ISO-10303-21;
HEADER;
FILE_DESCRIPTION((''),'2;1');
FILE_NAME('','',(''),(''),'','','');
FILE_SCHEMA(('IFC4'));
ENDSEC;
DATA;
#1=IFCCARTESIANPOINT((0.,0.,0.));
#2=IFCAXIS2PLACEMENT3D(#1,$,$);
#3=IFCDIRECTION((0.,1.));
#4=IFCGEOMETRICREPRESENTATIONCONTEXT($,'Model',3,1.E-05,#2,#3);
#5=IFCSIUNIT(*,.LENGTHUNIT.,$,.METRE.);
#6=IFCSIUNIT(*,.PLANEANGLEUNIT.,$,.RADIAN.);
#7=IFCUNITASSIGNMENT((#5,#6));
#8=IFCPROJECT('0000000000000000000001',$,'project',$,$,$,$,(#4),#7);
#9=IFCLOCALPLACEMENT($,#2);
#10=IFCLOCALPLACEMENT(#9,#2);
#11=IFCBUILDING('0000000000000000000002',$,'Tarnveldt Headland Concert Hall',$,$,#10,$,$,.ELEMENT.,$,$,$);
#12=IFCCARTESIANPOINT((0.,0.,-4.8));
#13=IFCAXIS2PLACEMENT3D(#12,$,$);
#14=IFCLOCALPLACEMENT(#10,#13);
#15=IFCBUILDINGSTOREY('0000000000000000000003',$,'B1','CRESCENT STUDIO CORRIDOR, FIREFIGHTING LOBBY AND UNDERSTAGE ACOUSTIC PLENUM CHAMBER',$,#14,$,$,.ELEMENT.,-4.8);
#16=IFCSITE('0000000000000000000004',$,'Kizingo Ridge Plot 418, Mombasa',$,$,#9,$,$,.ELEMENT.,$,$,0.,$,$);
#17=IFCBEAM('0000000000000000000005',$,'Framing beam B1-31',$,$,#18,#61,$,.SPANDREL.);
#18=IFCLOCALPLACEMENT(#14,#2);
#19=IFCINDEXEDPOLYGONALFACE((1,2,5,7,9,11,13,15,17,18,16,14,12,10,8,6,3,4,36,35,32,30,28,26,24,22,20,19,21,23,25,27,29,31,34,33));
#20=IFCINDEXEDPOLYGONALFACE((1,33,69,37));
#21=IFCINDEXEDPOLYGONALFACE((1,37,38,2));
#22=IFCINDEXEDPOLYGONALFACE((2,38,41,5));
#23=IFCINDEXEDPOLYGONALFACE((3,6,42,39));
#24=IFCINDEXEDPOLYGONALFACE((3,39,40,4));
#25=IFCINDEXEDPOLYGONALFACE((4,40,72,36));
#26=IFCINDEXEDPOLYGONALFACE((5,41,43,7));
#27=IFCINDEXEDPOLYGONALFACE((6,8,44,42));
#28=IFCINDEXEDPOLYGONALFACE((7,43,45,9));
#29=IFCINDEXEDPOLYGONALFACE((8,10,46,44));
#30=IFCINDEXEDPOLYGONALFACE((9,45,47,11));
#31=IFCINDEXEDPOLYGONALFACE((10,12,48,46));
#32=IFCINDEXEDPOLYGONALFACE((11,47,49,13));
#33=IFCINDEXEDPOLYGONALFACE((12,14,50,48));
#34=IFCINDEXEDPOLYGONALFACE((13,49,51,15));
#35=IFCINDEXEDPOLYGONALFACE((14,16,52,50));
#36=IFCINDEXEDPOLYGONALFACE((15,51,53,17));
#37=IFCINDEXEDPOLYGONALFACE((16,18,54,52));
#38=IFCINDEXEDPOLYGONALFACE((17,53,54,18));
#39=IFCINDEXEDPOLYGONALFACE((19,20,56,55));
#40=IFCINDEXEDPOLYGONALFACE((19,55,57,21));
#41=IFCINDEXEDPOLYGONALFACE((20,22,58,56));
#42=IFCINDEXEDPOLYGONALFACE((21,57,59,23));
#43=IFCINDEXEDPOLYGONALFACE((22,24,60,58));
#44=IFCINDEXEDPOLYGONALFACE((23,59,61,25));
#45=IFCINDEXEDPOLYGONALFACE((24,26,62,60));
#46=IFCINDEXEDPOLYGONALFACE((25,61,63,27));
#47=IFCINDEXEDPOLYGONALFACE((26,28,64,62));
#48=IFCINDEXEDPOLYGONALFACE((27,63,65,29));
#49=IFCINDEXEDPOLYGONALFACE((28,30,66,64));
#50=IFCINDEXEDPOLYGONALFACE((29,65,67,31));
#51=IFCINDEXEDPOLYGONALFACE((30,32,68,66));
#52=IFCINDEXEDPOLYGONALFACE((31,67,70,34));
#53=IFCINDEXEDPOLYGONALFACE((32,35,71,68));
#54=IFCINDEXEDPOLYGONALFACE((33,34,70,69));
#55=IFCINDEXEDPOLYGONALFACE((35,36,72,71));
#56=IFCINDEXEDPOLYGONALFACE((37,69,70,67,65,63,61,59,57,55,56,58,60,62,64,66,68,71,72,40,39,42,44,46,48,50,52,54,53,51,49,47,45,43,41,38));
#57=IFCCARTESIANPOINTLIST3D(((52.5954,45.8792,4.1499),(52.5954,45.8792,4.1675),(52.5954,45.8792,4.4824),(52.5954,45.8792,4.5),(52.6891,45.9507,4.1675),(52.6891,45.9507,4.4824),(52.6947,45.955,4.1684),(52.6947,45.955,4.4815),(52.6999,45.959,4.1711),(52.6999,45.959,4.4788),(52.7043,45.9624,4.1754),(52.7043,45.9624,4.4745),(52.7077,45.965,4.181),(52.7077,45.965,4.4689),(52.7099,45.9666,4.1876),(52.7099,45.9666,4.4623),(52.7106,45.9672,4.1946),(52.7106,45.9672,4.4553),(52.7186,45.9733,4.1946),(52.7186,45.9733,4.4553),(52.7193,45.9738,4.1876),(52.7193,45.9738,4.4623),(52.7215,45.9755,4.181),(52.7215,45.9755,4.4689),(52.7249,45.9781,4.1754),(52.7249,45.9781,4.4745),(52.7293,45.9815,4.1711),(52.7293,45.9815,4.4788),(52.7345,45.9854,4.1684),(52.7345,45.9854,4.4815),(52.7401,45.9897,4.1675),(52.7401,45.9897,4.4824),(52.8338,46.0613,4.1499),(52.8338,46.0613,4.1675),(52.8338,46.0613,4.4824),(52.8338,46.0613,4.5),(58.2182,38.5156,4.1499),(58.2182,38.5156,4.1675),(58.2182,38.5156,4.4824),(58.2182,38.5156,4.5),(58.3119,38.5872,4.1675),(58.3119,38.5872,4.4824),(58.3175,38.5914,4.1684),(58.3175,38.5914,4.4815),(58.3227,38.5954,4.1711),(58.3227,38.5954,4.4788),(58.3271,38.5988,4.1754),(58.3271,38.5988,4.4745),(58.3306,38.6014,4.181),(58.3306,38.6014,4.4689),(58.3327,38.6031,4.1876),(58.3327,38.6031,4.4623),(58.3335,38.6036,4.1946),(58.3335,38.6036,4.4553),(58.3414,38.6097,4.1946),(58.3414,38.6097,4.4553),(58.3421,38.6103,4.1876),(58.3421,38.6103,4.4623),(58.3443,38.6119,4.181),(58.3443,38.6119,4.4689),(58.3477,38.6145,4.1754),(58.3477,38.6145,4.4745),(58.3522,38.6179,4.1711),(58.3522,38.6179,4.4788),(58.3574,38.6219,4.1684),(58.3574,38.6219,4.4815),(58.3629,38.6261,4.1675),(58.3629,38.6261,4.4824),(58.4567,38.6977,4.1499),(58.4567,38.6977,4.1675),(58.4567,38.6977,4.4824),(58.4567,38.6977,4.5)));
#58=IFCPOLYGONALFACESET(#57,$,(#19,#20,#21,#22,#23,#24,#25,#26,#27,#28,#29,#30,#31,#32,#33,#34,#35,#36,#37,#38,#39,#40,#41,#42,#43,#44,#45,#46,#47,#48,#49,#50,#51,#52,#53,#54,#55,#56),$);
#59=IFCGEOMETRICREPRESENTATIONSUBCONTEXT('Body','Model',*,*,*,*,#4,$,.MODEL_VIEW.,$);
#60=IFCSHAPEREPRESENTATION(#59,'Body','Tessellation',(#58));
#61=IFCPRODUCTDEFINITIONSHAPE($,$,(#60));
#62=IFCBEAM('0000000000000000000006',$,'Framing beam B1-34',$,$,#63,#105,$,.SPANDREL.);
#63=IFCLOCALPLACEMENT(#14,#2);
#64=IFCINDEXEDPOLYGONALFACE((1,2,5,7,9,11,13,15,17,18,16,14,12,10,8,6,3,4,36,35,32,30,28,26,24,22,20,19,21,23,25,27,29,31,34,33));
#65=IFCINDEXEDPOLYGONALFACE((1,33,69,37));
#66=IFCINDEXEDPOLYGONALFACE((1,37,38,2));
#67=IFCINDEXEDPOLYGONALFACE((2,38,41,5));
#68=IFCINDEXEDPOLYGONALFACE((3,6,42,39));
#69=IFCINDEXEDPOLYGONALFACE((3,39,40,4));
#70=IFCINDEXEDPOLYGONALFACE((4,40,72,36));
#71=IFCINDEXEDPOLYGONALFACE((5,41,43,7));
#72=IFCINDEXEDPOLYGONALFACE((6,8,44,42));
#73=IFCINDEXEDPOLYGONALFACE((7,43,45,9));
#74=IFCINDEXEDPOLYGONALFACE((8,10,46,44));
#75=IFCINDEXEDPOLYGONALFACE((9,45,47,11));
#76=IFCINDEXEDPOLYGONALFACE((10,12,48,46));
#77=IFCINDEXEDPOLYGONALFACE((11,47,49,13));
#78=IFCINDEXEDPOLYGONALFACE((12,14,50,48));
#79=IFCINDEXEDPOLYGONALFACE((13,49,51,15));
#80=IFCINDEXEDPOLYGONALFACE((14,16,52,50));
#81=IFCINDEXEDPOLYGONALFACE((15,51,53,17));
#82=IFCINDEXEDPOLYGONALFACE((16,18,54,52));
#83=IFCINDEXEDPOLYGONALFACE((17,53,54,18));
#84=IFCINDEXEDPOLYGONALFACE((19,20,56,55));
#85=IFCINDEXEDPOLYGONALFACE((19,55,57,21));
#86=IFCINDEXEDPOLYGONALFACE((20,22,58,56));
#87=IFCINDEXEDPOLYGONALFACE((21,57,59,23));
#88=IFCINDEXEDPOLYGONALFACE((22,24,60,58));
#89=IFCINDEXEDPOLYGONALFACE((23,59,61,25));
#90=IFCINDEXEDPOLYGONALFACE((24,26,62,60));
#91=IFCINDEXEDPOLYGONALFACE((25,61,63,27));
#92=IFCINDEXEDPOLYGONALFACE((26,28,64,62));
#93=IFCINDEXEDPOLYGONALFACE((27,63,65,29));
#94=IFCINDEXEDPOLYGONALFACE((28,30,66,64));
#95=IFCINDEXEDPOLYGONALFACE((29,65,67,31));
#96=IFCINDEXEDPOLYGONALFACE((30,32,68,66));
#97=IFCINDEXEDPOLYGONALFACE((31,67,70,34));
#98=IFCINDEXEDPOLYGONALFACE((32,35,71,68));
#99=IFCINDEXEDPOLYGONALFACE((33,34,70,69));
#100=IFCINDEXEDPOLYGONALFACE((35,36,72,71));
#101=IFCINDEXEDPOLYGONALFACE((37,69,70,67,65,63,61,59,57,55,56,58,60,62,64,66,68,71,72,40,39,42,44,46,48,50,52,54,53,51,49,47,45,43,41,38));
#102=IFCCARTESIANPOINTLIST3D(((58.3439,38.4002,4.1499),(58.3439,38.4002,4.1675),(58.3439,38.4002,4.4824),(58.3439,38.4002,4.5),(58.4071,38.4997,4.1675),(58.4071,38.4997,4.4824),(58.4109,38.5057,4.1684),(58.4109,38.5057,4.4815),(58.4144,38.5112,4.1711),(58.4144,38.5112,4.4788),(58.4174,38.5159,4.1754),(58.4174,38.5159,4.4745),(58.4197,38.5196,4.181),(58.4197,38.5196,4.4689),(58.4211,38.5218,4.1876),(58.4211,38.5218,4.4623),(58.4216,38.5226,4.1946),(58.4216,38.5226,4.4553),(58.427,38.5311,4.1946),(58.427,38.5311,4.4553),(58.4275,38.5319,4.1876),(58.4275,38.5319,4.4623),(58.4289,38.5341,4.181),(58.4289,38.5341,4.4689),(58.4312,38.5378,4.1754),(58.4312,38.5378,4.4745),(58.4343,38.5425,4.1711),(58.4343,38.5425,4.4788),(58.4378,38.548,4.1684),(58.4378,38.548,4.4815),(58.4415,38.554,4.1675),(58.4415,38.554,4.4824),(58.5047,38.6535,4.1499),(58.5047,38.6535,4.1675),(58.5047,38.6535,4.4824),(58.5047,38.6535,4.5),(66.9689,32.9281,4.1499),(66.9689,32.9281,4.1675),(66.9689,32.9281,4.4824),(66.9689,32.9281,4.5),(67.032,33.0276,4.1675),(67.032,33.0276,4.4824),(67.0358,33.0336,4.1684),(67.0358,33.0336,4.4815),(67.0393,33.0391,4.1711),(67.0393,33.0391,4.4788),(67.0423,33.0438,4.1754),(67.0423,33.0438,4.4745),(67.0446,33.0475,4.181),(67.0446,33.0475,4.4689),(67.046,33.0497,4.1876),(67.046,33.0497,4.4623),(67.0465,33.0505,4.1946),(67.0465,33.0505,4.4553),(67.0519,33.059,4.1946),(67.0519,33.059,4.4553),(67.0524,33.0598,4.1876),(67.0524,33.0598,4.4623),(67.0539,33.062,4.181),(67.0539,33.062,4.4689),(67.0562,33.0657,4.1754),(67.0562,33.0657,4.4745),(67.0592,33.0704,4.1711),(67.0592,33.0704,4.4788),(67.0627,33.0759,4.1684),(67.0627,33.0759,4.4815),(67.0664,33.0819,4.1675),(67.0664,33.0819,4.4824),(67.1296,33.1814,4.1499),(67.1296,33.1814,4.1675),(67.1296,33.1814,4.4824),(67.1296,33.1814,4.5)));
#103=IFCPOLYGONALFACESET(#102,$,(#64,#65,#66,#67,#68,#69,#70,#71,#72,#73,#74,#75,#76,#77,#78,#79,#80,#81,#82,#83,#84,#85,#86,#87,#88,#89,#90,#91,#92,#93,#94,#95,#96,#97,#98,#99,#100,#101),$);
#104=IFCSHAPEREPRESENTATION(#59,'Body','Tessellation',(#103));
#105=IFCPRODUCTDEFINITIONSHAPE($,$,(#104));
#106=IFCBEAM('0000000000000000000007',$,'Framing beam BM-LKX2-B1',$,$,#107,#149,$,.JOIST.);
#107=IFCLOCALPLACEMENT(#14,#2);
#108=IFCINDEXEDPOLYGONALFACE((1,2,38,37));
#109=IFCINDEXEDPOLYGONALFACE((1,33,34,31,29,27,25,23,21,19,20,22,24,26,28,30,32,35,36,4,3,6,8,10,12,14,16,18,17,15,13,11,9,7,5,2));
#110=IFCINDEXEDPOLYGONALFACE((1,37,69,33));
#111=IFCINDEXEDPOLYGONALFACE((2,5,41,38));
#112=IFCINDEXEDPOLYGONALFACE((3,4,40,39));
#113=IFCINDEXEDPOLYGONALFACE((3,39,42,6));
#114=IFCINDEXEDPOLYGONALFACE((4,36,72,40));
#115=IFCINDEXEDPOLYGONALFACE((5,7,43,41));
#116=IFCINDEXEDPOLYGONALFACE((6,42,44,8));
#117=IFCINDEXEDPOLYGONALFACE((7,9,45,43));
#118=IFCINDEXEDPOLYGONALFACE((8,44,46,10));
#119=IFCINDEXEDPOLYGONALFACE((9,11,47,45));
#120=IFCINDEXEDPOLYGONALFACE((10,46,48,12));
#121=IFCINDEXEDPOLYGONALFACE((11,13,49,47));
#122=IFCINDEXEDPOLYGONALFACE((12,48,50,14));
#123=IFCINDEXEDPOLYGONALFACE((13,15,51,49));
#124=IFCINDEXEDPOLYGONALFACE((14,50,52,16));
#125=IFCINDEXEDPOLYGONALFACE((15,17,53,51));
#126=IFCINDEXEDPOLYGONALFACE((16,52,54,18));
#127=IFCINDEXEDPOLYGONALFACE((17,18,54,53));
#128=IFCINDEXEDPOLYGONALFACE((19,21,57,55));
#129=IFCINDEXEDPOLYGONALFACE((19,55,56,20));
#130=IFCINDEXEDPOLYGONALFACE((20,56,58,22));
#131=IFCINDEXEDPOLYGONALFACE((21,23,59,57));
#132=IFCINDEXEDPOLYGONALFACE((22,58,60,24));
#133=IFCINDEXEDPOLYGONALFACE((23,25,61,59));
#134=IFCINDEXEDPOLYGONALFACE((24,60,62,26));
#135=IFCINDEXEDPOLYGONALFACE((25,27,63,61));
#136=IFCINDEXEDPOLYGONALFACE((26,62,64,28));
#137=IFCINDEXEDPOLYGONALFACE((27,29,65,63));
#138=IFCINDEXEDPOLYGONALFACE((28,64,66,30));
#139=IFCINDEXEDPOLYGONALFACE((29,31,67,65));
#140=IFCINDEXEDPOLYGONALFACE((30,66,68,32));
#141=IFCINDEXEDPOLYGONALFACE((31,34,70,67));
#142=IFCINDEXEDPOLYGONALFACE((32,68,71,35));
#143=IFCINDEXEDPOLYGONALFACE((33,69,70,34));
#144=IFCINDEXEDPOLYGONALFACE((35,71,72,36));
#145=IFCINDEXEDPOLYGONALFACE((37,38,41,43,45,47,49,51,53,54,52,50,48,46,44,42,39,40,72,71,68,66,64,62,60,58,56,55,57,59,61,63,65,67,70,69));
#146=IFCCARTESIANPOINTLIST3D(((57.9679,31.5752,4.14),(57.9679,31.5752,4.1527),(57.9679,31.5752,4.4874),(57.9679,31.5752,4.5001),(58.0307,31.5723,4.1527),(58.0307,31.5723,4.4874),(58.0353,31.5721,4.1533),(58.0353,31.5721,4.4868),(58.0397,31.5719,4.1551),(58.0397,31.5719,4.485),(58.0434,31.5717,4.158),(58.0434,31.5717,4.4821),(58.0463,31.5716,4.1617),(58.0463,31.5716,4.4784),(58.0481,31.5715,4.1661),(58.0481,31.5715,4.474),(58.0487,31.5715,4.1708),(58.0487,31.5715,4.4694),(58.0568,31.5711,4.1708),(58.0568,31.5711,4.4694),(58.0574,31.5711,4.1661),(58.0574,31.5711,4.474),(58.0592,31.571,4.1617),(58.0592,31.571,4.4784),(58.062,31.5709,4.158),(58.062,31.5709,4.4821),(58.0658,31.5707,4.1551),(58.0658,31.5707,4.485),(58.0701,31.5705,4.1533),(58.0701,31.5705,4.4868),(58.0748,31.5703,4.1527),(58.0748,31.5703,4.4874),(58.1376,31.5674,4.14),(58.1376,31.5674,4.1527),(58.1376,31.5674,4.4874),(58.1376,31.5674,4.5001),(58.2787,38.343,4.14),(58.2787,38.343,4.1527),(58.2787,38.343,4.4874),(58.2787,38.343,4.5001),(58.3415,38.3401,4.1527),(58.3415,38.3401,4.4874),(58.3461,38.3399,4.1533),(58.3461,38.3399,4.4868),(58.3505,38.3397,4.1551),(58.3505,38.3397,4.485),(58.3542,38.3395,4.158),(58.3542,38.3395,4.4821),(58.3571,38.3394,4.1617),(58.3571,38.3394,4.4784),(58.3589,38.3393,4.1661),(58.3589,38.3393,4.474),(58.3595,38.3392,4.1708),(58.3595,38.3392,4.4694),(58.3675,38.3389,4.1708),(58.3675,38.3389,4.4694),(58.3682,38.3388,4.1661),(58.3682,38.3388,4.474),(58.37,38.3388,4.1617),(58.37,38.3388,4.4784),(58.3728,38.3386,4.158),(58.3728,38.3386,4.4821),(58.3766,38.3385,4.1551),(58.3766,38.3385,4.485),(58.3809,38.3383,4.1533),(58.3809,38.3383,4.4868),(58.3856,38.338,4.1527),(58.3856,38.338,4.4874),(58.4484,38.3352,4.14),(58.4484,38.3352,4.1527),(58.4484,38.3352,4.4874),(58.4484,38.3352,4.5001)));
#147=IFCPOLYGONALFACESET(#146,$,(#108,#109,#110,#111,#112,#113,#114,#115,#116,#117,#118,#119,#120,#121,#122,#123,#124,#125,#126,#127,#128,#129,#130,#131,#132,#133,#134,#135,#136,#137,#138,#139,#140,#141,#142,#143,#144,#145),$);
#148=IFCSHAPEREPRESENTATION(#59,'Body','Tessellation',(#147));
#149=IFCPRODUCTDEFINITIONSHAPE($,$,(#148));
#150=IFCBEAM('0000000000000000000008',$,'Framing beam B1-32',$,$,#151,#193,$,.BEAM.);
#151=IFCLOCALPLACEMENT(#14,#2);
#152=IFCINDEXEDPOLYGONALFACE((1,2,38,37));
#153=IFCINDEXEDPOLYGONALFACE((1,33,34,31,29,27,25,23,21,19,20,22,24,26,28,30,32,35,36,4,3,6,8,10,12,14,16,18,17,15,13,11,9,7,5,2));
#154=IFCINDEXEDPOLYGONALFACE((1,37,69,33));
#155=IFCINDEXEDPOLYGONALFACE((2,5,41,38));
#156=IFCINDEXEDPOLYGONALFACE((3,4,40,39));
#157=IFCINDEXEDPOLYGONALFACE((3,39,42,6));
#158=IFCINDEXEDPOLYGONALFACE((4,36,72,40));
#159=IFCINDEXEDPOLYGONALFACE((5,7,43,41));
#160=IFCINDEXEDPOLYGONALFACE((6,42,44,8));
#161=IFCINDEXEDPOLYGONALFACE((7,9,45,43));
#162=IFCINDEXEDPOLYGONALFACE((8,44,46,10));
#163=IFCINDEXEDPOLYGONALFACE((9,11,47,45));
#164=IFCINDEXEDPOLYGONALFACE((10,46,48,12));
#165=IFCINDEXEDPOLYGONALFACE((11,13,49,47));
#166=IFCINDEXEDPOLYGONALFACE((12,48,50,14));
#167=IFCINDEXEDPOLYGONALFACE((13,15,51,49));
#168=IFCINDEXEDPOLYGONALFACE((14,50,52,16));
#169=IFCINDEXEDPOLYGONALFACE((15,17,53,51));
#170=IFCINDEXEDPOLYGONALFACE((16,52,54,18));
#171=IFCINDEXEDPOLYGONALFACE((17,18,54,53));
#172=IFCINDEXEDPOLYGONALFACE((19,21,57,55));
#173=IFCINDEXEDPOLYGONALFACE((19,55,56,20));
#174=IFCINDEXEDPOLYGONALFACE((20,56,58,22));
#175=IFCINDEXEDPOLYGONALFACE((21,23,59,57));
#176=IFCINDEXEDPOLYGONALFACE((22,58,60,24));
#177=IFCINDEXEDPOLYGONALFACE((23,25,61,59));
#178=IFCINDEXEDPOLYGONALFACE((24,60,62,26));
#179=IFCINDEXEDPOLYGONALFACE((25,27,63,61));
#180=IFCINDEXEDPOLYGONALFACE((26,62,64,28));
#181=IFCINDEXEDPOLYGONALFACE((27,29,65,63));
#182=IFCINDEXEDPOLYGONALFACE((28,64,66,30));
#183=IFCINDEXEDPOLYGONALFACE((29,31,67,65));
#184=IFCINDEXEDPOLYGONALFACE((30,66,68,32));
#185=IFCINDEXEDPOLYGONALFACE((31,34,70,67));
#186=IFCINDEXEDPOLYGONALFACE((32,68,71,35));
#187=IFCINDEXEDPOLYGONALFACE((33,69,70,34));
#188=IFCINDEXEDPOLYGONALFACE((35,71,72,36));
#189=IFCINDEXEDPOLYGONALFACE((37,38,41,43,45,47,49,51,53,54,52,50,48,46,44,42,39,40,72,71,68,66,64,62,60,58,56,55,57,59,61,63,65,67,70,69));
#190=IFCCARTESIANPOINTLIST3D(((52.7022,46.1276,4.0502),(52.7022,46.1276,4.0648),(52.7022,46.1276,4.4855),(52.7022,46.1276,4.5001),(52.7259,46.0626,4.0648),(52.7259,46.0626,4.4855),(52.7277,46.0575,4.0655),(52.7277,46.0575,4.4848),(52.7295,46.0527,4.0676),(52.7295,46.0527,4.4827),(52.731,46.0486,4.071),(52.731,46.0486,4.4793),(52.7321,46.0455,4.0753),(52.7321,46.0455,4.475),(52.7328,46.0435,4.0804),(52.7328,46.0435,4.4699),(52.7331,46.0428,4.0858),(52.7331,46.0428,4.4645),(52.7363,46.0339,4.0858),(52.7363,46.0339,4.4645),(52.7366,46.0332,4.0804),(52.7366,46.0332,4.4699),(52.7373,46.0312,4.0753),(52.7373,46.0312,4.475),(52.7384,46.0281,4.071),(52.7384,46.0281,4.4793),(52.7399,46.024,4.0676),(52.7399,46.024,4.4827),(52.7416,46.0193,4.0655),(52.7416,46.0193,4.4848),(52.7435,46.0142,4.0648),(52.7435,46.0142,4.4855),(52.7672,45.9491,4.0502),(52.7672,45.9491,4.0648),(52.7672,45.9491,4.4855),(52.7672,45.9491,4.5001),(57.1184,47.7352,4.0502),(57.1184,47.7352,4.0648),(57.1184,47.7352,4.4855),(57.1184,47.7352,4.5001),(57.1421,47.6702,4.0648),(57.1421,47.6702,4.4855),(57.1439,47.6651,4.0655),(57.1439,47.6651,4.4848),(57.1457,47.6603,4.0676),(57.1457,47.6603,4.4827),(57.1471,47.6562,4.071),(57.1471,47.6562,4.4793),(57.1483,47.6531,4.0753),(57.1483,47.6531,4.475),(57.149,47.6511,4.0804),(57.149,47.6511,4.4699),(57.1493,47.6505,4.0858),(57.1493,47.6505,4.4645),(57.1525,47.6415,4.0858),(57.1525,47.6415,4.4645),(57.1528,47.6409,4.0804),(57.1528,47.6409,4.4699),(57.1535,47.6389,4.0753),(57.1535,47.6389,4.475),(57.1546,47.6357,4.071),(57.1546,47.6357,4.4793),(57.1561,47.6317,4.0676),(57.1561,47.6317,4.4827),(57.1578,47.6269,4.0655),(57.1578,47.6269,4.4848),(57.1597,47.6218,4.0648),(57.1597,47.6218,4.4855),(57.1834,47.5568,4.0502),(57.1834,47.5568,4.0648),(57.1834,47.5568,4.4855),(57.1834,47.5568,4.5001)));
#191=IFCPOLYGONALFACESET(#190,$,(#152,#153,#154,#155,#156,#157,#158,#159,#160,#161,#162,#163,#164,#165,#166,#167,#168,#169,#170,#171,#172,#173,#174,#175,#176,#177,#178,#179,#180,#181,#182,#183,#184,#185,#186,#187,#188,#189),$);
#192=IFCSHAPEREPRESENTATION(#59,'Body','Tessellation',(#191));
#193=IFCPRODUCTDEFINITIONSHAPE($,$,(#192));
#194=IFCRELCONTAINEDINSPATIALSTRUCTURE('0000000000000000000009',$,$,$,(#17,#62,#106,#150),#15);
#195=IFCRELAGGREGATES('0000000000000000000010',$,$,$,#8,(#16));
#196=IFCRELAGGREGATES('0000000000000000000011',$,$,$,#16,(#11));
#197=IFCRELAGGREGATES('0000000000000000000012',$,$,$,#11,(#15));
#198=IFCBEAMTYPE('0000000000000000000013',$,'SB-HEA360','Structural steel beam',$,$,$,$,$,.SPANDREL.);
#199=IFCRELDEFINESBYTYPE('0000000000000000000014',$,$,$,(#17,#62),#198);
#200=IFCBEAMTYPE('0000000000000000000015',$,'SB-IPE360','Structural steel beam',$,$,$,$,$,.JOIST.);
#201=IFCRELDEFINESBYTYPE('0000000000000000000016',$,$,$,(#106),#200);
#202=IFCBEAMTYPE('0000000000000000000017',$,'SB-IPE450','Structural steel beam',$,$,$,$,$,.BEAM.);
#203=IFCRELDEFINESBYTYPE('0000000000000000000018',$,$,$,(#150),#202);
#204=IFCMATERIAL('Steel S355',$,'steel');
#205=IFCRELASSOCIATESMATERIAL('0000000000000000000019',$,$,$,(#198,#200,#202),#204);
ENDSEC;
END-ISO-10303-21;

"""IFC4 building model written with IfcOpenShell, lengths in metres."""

from ifc_helpers import new_model, si_unit, direction, frame, origin, origin_2d, place, context, subcontext, project, spatial, i_section, extrude, material, material_profile, profile_set, type_object, element, save


model = new_model("IFC4")

# Units and contexts
model_context = context("Model", 3, precision=1e-05, world=origin(), true_north=direction((0.0, 1.0)))
body_context = subcontext(model_context, "Body", "Model", "MODEL_VIEW")
ifc_project = project(units=[si_unit("LENGTHUNIT", "METRE"), si_unit("PLANEANGLEUNIT", "RADIAN")], contexts=[model_context])

# Site, building, storey
site_placement = place(None, origin())
site = spatial("IfcSite", under=ifc_project, at=site_placement, Name="Kizingo Ridge Plot 418, Mombasa", CompositionType="ELEMENT", RefElevation=0.0)
building_placement = place(site_placement, origin())
building = spatial("IfcBuilding", under=site, at=building_placement, Name="Tarnveldt Headland Concert Hall", CompositionType="ELEMENT")
storey_placement = place(building_placement, frame((0.0, 0.0, -4.8)))
storey = spatial("IfcBuildingStorey", under=building, at=storey_placement, Name="B1", Description="CRESCENT STUDIO CORRIDOR, FIREFIGHTING LOBBY AND UNDERSTAGE ACOUSTIC PLENUM CHAMBER", CompositionType="ELEMENT", Elevation=-4.8)

# Beams
ifc_material_1 = material(Name="Steel S355", Category="steel")
ifc_material_profile_1 = material_profile(ifc_material_1, i_section(OverallWidth=0.3, OverallDepth=0.3501, WebThickness=0.01, FlangeThickness=0.0176, FilletRadius=0.0271, at=origin_2d()), Name="HEA360", Category="steel")
ifc_profile_set_1 = profile_set([ifc_material_profile_1], Name="Steel S355")
beam_type_1 = type_object("IfcBeamType", Name="SB-HEA360", Description="Structural steel beam", PredefinedType="SPANDREL", material=ifc_profile_set_1)
beam_1_placement = place(storey_placement, frame((52.7146, 45.9702, 4.325), z_axis=(0.606896, -0.794781, 0.0), x_axis=(0.794781, 0.606896, 0.0)))
element("IfcBeam", 1, at=beam_1_placement, inside=storey, type_object=beam_type_1, Name="Framing beam B1-31", PredefinedType="SPANDREL", context=body_context, shape_type="SweptSolid", body=[
    extrude(i_section(OverallWidth=0.3, OverallDepth=0.3501, WebThickness=0.01, FlangeThickness=0.0176, FilletRadius=0.0271, at=origin_2d()), origin(), (0.0, 0.0, 1.0), 9.2649),
])
beam_2_placement = place(storey_placement, frame((58.4243, 38.5269, 4.325), z_axis=(0.844391, -0.535727, 0.0), x_axis=(0.535727, 0.844391, 0.0)))
element("IfcBeam", 2, at=beam_2_placement, inside=storey, type_object=beam_type_1, Name="Framing beam B1-34", PredefinedType="SPANDREL", context=body_context, shape_type="SweptSolid", body=[
    extrude(i_section(OverallWidth=0.3, OverallDepth=0.3501, WebThickness=0.01, FlangeThickness=0.0176, FilletRadius=0.0271, at=origin_2d()), origin(), (0.0, 0.0, 1.0), 10.2144),
])
ifc_material_profile_2 = material_profile(ifc_material_1, i_section(OverallWidth=0.1699, OverallDepth=0.3601, WebThickness=0.0081, FlangeThickness=0.0127, FilletRadius=0.0181, at=origin_2d()), Name="IPE360", Category="steel")
ifc_profile_set_2 = profile_set([ifc_material_profile_2], Name="Steel S355")
beam_type_2 = type_object("IfcBeamType", Name="SB-IPE360", Description="Structural steel beam", PredefinedType="JOIST", material=ifc_profile_set_2)
beam_3_placement = place(storey_placement, frame((58.0527, 31.5713, 4.3201), z_axis=(0.045874, 0.998947, 0.0), x_axis=(-0.998947, 0.045874, 0.0)))
element("IfcBeam", 3, at=beam_3_placement, inside=storey, type_object=beam_type_2, Name="Framing beam BM-LKX2-B1", PredefinedType="JOIST", context=body_context, shape_type="SweptSolid", body=[
    extrude(i_section(OverallWidth=0.1699, OverallDepth=0.3601, WebThickness=0.0081, FlangeThickness=0.0127, FilletRadius=0.0181, at=origin_2d()), origin(), (0.0, 0.0, 1.0), 6.7749),
])
ifc_material_profile_3 = material_profile(ifc_material_1, i_section(OverallWidth=0.1899, OverallDepth=0.45, WebThickness=0.0095, FlangeThickness=0.0146, FilletRadius=0.021, at=origin_2d()), Name="IPE450", Category="steel")
ifc_profile_set_3 = profile_set([ifc_material_profile_3], Name="Steel S355")
beam_type_3 = type_object("IfcBeamType", Name="SB-IPE450", Description="Structural steel beam", PredefinedType="BEAM", material=ifc_profile_set_3)
beam_4_placement = place(storey_placement, frame((57.1509, 47.646, 4.2751), z_axis=(-0.939674, -0.342073, 0.0), x_axis=(0.342073, -0.939674, 0.0)))
element("IfcBeam", 4, at=beam_4_placement, inside=storey, type_object=beam_type_3, Name="Framing beam B1-32", PredefinedType="BEAM", context=body_context, shape_type="SweptSolid", body=[
    extrude(i_section(OverallWidth=0.1899, OverallDepth=0.45, WebThickness=0.0095, FlangeThickness=0.0146, FilletRadius=0.021, at=origin_2d()), origin(), (0.0, 0.0, 1.0), 4.6997),
])

save(model, "model.ifc")
